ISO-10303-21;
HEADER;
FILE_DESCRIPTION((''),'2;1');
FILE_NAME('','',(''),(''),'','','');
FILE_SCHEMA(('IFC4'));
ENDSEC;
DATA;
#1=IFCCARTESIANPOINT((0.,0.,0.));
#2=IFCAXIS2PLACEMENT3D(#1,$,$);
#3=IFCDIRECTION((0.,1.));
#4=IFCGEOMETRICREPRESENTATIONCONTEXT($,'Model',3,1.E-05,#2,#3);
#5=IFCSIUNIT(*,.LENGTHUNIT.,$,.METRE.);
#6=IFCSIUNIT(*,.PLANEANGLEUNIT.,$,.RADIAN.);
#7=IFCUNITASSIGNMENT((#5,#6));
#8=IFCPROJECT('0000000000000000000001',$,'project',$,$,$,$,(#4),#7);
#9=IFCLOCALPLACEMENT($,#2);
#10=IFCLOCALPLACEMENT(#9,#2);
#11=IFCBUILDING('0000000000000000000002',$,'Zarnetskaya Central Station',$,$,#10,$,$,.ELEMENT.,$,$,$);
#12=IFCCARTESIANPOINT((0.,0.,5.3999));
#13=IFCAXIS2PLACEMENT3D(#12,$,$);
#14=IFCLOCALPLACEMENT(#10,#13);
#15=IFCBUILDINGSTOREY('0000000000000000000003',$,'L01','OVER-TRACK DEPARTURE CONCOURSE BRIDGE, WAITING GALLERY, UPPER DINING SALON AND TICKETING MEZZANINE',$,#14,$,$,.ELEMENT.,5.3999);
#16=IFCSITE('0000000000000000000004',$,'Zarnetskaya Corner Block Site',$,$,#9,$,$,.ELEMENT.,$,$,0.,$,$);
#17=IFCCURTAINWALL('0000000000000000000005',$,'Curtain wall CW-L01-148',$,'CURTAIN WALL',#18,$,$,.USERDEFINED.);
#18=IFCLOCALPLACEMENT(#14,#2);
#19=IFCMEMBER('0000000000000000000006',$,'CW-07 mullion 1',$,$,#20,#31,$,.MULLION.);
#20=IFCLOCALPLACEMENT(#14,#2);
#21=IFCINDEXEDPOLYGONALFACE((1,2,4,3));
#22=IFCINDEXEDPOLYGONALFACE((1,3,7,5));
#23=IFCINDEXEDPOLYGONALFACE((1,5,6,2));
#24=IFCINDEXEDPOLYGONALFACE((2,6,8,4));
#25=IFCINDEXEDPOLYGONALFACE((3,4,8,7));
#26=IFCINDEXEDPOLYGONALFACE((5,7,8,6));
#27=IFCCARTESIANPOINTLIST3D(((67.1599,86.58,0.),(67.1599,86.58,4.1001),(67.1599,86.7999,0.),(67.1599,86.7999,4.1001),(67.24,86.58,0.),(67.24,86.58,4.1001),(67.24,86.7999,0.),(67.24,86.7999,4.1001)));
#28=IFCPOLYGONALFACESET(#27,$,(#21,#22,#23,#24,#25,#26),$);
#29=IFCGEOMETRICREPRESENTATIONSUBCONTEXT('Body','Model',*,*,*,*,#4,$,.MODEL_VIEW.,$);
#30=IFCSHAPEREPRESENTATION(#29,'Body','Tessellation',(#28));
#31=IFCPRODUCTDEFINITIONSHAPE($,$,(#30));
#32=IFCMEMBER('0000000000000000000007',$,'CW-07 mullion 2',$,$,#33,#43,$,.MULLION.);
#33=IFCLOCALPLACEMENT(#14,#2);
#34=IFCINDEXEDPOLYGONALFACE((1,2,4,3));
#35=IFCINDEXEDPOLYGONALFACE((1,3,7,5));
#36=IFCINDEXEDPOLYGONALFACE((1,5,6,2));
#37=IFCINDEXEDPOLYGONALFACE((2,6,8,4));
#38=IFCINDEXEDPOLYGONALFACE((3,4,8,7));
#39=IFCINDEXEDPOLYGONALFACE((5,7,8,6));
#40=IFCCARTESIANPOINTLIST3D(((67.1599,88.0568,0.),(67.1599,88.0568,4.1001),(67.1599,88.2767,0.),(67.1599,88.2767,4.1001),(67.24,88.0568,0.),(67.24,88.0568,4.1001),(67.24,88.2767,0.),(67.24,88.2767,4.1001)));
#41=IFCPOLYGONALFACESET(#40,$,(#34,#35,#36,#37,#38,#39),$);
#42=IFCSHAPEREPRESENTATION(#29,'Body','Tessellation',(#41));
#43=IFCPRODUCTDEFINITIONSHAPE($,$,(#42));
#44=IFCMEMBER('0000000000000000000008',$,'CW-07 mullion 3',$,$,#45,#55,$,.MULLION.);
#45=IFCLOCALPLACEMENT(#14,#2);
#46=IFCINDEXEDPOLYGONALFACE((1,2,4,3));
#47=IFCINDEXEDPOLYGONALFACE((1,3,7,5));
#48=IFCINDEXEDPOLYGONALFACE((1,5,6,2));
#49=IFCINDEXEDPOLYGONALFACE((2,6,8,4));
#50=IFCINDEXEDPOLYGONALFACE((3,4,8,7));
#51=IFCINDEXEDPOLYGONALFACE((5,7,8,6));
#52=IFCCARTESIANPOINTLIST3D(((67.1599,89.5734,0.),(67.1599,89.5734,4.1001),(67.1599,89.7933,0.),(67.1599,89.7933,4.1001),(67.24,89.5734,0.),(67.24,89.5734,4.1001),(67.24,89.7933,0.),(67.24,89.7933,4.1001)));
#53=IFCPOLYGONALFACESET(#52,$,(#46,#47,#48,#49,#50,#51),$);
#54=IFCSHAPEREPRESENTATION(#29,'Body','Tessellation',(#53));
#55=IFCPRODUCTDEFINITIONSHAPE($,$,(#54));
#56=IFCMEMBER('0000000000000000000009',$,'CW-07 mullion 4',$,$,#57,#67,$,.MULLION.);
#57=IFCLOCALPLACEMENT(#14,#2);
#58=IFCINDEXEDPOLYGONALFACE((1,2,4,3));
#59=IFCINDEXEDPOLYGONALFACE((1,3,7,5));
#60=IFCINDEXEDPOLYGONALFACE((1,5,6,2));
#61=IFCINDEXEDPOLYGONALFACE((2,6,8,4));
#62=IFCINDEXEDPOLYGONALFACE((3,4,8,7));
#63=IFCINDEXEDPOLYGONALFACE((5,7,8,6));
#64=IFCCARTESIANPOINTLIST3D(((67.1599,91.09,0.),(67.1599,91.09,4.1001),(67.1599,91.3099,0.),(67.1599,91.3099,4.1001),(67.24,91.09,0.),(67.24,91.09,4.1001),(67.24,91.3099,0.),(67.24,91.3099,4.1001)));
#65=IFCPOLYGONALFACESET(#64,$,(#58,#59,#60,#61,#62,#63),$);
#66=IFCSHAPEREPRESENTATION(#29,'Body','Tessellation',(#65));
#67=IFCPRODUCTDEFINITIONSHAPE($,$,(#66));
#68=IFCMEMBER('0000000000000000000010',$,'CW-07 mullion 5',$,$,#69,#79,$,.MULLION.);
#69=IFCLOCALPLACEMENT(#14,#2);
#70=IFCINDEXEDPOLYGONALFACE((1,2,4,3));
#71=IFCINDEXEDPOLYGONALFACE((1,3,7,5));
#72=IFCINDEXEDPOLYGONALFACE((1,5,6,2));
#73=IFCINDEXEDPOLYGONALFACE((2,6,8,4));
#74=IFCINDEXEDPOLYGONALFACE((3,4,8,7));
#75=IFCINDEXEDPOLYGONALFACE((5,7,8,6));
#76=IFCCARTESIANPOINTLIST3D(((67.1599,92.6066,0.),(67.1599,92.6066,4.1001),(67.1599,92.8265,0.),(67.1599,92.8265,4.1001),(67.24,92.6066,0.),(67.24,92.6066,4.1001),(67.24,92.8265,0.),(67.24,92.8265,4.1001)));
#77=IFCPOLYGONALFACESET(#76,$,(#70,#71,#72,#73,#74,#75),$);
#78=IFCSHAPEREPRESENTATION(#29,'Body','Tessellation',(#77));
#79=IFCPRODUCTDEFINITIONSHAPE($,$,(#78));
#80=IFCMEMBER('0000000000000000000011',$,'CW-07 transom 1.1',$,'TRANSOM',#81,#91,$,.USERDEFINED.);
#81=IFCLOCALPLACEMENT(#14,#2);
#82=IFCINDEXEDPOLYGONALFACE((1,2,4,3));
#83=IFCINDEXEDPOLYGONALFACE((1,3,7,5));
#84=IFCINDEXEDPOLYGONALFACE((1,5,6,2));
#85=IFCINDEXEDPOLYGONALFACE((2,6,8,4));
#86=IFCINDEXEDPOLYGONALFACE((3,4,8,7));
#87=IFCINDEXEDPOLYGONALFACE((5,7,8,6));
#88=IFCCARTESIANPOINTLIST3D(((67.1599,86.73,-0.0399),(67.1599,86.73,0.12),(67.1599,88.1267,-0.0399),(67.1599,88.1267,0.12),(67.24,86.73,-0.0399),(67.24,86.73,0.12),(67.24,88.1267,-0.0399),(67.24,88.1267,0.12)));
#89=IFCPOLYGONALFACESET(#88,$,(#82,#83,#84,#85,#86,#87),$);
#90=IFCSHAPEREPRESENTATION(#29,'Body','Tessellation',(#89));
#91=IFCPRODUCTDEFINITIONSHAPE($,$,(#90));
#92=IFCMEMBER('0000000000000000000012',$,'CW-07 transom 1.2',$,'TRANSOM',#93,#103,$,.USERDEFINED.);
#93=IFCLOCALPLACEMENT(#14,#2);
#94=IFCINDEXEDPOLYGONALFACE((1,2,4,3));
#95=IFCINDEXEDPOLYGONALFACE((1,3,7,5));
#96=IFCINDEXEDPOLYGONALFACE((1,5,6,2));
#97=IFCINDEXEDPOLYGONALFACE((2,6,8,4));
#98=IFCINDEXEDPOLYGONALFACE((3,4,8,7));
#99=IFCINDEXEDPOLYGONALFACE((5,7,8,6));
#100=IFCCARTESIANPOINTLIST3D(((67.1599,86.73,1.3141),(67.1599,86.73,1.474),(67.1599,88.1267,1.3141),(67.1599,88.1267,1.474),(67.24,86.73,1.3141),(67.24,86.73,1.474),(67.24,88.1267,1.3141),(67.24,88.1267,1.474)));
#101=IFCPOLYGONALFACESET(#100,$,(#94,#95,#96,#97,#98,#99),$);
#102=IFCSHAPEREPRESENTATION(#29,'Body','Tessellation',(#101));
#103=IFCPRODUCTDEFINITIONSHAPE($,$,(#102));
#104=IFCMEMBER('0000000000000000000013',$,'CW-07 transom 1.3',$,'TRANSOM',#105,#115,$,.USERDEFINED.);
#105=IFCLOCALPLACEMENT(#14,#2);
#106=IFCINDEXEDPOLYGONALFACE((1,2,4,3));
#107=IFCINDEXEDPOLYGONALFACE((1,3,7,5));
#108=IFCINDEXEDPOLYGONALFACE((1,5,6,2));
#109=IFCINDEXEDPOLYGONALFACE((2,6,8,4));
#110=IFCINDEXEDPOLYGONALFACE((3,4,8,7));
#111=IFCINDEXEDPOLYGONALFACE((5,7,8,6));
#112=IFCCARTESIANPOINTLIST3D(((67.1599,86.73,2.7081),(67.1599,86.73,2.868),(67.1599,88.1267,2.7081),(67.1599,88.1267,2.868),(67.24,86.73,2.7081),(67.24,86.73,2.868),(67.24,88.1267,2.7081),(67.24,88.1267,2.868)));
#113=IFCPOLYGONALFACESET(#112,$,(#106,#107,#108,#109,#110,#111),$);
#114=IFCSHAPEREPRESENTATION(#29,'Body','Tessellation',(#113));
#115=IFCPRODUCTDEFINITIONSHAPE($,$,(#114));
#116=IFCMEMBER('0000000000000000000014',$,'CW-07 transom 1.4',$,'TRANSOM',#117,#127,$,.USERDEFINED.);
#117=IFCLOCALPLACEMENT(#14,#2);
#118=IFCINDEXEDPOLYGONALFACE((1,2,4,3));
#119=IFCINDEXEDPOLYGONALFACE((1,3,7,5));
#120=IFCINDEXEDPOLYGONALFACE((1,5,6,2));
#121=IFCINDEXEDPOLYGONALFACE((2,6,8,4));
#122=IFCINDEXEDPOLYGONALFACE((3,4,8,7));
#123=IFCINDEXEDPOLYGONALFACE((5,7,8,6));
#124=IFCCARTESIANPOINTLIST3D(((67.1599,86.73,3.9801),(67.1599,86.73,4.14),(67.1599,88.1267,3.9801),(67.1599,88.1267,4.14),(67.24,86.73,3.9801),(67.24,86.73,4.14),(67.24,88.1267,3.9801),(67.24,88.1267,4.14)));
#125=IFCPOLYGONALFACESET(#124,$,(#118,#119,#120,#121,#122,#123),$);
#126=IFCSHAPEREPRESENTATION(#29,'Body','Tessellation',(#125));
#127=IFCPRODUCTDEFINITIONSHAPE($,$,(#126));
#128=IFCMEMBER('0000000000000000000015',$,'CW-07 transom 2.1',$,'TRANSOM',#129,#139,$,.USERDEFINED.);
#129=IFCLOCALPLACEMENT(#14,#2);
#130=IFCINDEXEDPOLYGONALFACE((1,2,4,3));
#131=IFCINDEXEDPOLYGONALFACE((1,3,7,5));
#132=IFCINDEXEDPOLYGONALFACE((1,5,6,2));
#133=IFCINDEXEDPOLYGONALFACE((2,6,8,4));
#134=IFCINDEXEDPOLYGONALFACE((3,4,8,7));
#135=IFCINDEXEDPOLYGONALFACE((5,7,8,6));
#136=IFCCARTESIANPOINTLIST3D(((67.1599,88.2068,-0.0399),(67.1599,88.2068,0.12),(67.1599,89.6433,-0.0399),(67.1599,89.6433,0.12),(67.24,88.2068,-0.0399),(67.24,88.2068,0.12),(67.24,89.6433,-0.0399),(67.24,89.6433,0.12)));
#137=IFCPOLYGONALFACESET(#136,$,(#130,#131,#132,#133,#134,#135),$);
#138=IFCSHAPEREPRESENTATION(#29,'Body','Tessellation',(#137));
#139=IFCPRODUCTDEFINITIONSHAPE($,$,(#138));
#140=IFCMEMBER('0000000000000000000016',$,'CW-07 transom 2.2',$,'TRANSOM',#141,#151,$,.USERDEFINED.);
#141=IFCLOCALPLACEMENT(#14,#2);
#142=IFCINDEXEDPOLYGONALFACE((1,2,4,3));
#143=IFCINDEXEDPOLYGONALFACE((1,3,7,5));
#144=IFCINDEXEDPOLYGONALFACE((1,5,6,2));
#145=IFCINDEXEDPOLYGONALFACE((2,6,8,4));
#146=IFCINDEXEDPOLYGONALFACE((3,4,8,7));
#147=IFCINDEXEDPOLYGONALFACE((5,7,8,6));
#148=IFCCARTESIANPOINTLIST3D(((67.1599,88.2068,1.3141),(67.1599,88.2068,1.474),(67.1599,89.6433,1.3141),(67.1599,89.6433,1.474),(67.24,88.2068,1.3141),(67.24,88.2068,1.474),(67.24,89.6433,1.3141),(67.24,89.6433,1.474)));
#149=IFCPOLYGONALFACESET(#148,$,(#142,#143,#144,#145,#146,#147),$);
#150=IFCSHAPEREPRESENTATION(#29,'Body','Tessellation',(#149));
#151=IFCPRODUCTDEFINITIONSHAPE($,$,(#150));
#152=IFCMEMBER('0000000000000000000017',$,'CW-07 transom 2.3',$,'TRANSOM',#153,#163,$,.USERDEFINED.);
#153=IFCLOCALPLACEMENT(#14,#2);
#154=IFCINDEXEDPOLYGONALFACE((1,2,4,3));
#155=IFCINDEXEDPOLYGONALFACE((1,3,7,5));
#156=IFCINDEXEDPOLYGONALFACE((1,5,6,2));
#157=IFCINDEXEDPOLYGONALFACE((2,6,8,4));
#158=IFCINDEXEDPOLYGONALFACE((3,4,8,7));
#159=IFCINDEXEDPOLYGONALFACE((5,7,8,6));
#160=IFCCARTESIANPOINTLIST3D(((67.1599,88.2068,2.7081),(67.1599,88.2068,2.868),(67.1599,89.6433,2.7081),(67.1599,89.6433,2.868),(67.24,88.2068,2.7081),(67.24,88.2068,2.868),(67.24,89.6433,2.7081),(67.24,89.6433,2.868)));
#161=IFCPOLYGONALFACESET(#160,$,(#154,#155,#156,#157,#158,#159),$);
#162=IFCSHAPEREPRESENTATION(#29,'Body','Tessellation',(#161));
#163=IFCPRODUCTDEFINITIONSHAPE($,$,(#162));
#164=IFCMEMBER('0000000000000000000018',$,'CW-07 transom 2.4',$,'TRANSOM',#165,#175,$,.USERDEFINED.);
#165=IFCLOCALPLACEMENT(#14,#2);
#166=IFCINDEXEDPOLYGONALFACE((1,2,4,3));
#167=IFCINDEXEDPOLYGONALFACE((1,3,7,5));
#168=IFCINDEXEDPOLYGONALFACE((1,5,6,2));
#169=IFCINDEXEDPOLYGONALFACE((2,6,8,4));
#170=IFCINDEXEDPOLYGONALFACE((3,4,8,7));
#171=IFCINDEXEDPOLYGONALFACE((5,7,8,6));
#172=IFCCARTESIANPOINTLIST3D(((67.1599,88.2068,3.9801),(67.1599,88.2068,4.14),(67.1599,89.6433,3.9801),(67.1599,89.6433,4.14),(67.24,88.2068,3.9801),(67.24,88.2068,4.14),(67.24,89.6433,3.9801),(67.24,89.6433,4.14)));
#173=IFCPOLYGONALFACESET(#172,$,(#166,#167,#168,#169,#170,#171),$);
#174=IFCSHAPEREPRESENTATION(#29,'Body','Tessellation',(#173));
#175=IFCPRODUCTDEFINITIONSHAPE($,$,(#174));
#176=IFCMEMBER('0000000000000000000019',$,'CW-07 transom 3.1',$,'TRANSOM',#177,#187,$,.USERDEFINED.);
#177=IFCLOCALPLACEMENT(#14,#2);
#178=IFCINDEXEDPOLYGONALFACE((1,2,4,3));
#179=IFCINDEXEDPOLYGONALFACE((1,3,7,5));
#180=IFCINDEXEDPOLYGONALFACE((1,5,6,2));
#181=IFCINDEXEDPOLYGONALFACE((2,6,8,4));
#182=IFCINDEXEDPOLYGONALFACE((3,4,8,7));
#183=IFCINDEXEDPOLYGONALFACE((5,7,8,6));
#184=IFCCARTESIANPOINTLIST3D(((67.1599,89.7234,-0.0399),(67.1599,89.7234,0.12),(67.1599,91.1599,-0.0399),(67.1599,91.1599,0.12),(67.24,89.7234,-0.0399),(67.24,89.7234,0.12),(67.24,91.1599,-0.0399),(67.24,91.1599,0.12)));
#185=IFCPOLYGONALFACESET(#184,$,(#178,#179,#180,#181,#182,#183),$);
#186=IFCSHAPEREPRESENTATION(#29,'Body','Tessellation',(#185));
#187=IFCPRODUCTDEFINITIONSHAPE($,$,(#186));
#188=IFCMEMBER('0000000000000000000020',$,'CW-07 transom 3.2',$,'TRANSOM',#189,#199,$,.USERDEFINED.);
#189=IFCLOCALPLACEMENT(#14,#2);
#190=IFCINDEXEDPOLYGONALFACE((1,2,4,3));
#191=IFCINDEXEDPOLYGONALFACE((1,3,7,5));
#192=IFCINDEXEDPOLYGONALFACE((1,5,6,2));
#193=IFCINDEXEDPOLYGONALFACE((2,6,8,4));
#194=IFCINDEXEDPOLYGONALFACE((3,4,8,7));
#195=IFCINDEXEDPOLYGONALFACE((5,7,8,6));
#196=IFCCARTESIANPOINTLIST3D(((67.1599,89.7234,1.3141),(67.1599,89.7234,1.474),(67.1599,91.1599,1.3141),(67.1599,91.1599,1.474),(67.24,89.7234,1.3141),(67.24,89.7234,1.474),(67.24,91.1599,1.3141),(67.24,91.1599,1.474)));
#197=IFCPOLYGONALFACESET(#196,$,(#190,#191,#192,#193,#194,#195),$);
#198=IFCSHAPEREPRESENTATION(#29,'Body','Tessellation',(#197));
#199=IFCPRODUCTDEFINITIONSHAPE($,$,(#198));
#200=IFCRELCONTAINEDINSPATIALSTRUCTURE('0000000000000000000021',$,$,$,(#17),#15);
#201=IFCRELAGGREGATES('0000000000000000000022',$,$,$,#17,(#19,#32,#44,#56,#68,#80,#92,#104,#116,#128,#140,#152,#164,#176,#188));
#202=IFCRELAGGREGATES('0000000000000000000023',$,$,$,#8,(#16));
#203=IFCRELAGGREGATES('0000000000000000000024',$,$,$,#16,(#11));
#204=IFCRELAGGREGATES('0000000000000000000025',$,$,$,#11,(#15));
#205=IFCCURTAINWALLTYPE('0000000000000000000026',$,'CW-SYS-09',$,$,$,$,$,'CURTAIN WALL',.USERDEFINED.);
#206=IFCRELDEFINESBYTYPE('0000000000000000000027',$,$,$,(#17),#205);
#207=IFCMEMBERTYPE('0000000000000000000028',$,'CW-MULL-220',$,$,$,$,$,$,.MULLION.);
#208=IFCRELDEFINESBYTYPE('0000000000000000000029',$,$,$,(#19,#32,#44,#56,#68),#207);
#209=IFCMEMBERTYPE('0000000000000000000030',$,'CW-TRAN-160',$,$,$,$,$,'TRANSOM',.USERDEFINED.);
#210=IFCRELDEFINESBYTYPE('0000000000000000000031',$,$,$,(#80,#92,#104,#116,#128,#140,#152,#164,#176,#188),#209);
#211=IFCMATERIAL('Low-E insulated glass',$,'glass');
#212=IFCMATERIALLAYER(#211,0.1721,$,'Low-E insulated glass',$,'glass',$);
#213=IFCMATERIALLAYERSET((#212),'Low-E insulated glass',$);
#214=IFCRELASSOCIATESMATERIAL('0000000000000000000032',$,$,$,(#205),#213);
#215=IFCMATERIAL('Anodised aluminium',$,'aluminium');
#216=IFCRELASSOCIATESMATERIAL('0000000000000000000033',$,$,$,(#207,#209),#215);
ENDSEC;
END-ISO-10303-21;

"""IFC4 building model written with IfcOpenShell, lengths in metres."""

from ifc_helpers import new_model, si_unit, direction, frame, origin, origin_2d, place, context, subcontext, project, spatial, rectangle, extrude, material, layer, layer_set, material_profile, profile_set, type_object, element, aggregate, save


model = new_model("IFC4")

# Units and contexts
model_context = context("Model", 3, precision=1e-05, world=origin(), true_north=direction((0.0, 1.0)))
body_context = subcontext(model_context, "Body", "Model", "MODEL_VIEW")
ifc_project = project(units=[si_unit("LENGTHUNIT", "METRE"), si_unit("PLANEANGLEUNIT", "RADIAN")], contexts=[model_context])

# Site, building, storey
site_placement = place(None, origin())
site = spatial("IfcSite", under=ifc_project, at=site_placement, Name="Zarnetskaya Corner Block Site", CompositionType="ELEMENT", RefElevation=0.0)
building_placement = place(site_placement, origin())
building = spatial("IfcBuilding", under=site, at=building_placement, Name="Zarnetskaya Central Station", CompositionType="ELEMENT")
storey_placement = place(building_placement, frame((0.0, 0.0, 5.3999)))
storey = spatial("IfcBuildingStorey", under=building, at=storey_placement, Name="L01", Description="OVER-TRACK DEPARTURE CONCOURSE BRIDGE, WAITING GALLERY, UPPER DINING SALON AND TICKETING MEZZANINE", CompositionType="ELEMENT", Elevation=5.3999)

# Curtain wall, members
ifc_material_1 = material(Name="Low-E insulated glass", Category="glass")
ifc_layer_1 = layer(ifc_material_1, 0.1721, Name="Low-E insulated glass", Category="glass")
ifc_layer_set_1 = layer_set([ifc_layer_1], Name="Low-E insulated glass")
curtain_wall_type = type_object("IfcCurtainWallType", Name="CW-SYS-09", ElementType="CURTAIN WALL", PredefinedType="USERDEFINED", material=ifc_layer_set_1)
curtain_wall_placement = place(storey_placement, origin())
curtain_wall = element("IfcCurtainWall", 1, at=curtain_wall_placement, inside=storey, type_object=curtain_wall_type, Name="Curtain wall CW-L01-148", ObjectType="CURTAIN WALL", PredefinedType="USERDEFINED")
ifc_material_2 = material(Name="Anodised aluminium", Category="aluminium")
ifc_material_profile_1 = material_profile(ifc_material_2, rectangle(XDim=0.0801, YDim=0.22, at=origin_2d()), Name="ALU MULL 80x220")
ifc_profile_set_1 = profile_set([ifc_material_profile_1], Name="Anodised aluminium")
member_type_1 = type_object("IfcMemberType", Name="CW-MULL-220", PredefinedType="MULLION", material=ifc_profile_set_1)
member_1_placement = place(storey_placement, frame((67.2, 86.6899, 0.0), z_axis=(0.0, 0.0, 1.0), x_axis=(-1.0, 0.0, 0.0)))
member_1 = element("IfcMember", 2, at=member_1_placement, type_object=member_type_1, Name="CW-07 mullion 1", PredefinedType="MULLION", context=body_context, shape_type="SweptSolid", body=[
    extrude(rectangle(XDim=0.0801, YDim=0.22, at=origin_2d()), origin(), (0.0, 0.0, 1.0), 4.1001),
])
member_2_placement = place(storey_placement, frame((67.2, 88.1667, 0.0), z_axis=(0.0, 0.0, 1.0), x_axis=(-1.0, 0.0, 0.0)))
member_2 = element("IfcMember", 3, at=member_2_placement, type_object=member_type_1, Name="CW-07 mullion 2", PredefinedType="MULLION", context=body_context, shape_type="SweptSolid", body=[
    extrude(rectangle(XDim=0.0801, YDim=0.22, at=origin_2d()), origin(), (0.0, 0.0, 1.0), 4.1001),
])
member_3_placement = place(storey_placement, frame((67.2, 89.6833, 0.0), z_axis=(0.0, 0.0, 1.0), x_axis=(-1.0, 0.0, 0.0)))
member_3 = element("IfcMember", 4, at=member_3_placement, type_object=member_type_1, Name="CW-07 mullion 3", PredefinedType="MULLION", context=body_context, shape_type="SweptSolid", body=[
    extrude(rectangle(XDim=0.0801, YDim=0.22, at=origin_2d()), origin(), (0.0, 0.0, 1.0), 4.1001),
])
member_4_placement = place(storey_placement, frame((67.2, 91.2, 0.0), z_axis=(0.0, 0.0, 1.0), x_axis=(-1.0, 0.0, 0.0)))
member_4 = element("IfcMember", 5, at=member_4_placement, type_object=member_type_1, Name="CW-07 mullion 4", PredefinedType="MULLION", context=body_context, shape_type="SweptSolid", body=[
    extrude(rectangle(XDim=0.0801, YDim=0.22, at=origin_2d()), origin(), (0.0, 0.0, 1.0), 4.1001),
])
member_5_placement = place(storey_placement, frame((67.2, 92.7166, 0.0), z_axis=(0.0, 0.0, 1.0), x_axis=(-1.0, 0.0, 0.0)))
member_5 = element("IfcMember", 6, at=member_5_placement, type_object=member_type_1, Name="CW-07 mullion 5", PredefinedType="MULLION", context=body_context, shape_type="SweptSolid", body=[
    extrude(rectangle(XDim=0.0801, YDim=0.22, at=origin_2d()), origin(), (0.0, 0.0, 1.0), 4.1001),
])
ifc_material_profile_2 = material_profile(ifc_material_2, rectangle(XDim=0.0801, YDim=0.1599, at=origin_2d()), Name="ALU TRAN 80x160")
ifc_profile_set_2 = profile_set([ifc_material_profile_2], Name="Anodised aluminium")
member_type_2 = type_object("IfcMemberType", Name="CW-TRAN-160", ElementType="TRANSOM", PredefinedType="USERDEFINED", material=ifc_profile_set_2)
member_6_placement = place(storey_placement, frame((67.2, 86.73, 0.04), z_axis=(0.0, 1.0, 0.0), x_axis=(-1.0, 0.0, 0.0)))
member_6 = element("IfcMember", 7, at=member_6_placement, type_object=member_type_2, Name="CW-07 transom 1.1", ObjectType="TRANSOM", PredefinedType="USERDEFINED", context=body_context, shape_type="SweptSolid", body=[
    extrude(rectangle(XDim=0.0801, YDim=0.1599, at=origin_2d()), origin(), (0.0, 0.0, 1.0), 1.3967),
])
member_7_placement = place(storey_placement, frame((67.2, 86.73, 1.394), z_axis=(0.0, 1.0, 0.0), x_axis=(-1.0, 0.0, 0.0)))
member_7 = element("IfcMember", 8, at=member_7_placement, type_object=member_type_2, Name="CW-07 transom 1.2", ObjectType="TRANSOM", PredefinedType="USERDEFINED", context=body_context, shape_type="SweptSolid", body=[
    extrude(rectangle(XDim=0.0801, YDim=0.1599, at=origin_2d()), origin(), (0.0, 0.0, 1.0), 1.3967),
])
member_8_placement = place(storey_placement, frame((67.2, 86.73, 2.7881), z_axis=(0.0, 1.0, 0.0), x_axis=(-1.0, 0.0, 0.0)))
member_8 = element("IfcMember", 9, at=member_8_placement, type_object=member_type_2, Name="CW-07 transom 1.3", ObjectType="TRANSOM", PredefinedType="USERDEFINED", context=body_context, shape_type="SweptSolid", body=[
    extrude(rectangle(XDim=0.0801, YDim=0.1599, at=origin_2d()), origin(), (0.0, 0.0, 1.0), 1.3967),
])
member_9_placement = place(storey_placement, frame((67.2, 86.73, 4.0601), z_axis=(0.0, 1.0, 0.0), x_axis=(-1.0, 0.0, 0.0)))
member_9 = element("IfcMember", 10, at=member_9_placement, type_object=member_type_2, Name="CW-07 transom 1.4", ObjectType="TRANSOM", PredefinedType="USERDEFINED", context=body_context, shape_type="SweptSolid", body=[
    extrude(rectangle(XDim=0.0801, YDim=0.1599, at=origin_2d()), origin(), (0.0, 0.0, 1.0), 1.3967),
])
member_10_placement = place(storey_placement, frame((67.2, 88.2068, 0.04), z_axis=(0.0, 1.0, 0.0), x_axis=(-1.0, 0.0, 0.0)))
member_10 = element("IfcMember", 11, at=member_10_placement, type_object=member_type_2, Name="CW-07 transom 2.1", ObjectType="TRANSOM", PredefinedType="USERDEFINED", context=body_context, shape_type="SweptSolid", body=[
    extrude(rectangle(XDim=0.0801, YDim=0.1599, at=origin_2d()), origin(), (0.0, 0.0, 1.0), 1.4365),
])
member_11_placement = place(storey_placement, frame((67.2, 88.2068, 1.394), z_axis=(0.0, 1.0, 0.0), x_axis=(-1.0, 0.0, 0.0)))
member_11 = element("IfcMember", 12, at=member_11_placement, type_object=member_type_2, Name="CW-07 transom 2.2", ObjectType="TRANSOM", PredefinedType="USERDEFINED", context=body_context, shape_type="SweptSolid", body=[
    extrude(rectangle(XDim=0.0801, YDim=0.1599, at=origin_2d()), origin(), (0.0, 0.0, 1.0), 1.4365),
])
member_12_placement = place(storey_placement, frame((67.2, 88.2068, 2.7881), z_axis=(0.0, 1.0, 0.0), x_axis=(-1.0, 0.0, 0.0)))
member_12 = element("IfcMember", 13, at=member_12_placement, type_object=member_type_2, Name="CW-07 transom 2.3", ObjectType="TRANSOM", PredefinedType="USERDEFINED", context=body_context, shape_type="SweptSolid", body=[
    extrude(rectangle(XDim=0.0801, YDim=0.1599, at=origin_2d()), origin(), (0.0, 0.0, 1.0), 1.4365),
])
member_13_placement = place(storey_placement, frame((67.2, 88.2068, 4.0601), z_axis=(0.0, 1.0, 0.0), x_axis=(-1.0, 0.0, 0.0)))
member_13 = element("IfcMember", 14, at=member_13_placement, type_object=member_type_2, Name="CW-07 transom 2.4", ObjectType="TRANSOM", PredefinedType="USERDEFINED", context=body_context, shape_type="SweptSolid", body=[
    extrude(rectangle(XDim=0.0801, YDim=0.1599, at=origin_2d()), origin(), (0.0, 0.0, 1.0), 1.4365),
])
member_14_placement = place(storey_placement, frame((67.2, 89.7234, 0.04), z_axis=(0.0, 1.0, 0.0), x_axis=(-1.0, 0.0, 0.0)))
member_14 = element("IfcMember", 15, at=member_14_placement, type_object=member_type_2, Name="CW-07 transom 3.1", ObjectType="TRANSOM", PredefinedType="USERDEFINED", context=body_context, shape_type="SweptSolid", body=[
    extrude(rectangle(XDim=0.0801, YDim=0.1599, at=origin_2d()), origin(), (0.0, 0.0, 1.0), 1.4365),
])
member_15_placement = place(storey_placement, frame((67.2, 89.7234, 1.394), z_axis=(0.0, 1.0, 0.0), x_axis=(-1.0, 0.0, 0.0)))
member_15 = element("IfcMember", 16, at=member_15_placement, type_object=member_type_2, Name="CW-07 transom 3.2", ObjectType="TRANSOM", PredefinedType="USERDEFINED", context=body_context, shape_type="SweptSolid", body=[
    extrude(rectangle(XDim=0.0801, YDim=0.1599, at=origin_2d()), origin(), (0.0, 0.0, 1.0), 1.4365),
])
aggregate(curtain_wall, [member_1, member_2, member_3, member_4, member_5, member_6, member_7, member_8, member_9, member_10, member_11, member_12, member_13, member_14, member_15])

save(model, "model.ifc")
